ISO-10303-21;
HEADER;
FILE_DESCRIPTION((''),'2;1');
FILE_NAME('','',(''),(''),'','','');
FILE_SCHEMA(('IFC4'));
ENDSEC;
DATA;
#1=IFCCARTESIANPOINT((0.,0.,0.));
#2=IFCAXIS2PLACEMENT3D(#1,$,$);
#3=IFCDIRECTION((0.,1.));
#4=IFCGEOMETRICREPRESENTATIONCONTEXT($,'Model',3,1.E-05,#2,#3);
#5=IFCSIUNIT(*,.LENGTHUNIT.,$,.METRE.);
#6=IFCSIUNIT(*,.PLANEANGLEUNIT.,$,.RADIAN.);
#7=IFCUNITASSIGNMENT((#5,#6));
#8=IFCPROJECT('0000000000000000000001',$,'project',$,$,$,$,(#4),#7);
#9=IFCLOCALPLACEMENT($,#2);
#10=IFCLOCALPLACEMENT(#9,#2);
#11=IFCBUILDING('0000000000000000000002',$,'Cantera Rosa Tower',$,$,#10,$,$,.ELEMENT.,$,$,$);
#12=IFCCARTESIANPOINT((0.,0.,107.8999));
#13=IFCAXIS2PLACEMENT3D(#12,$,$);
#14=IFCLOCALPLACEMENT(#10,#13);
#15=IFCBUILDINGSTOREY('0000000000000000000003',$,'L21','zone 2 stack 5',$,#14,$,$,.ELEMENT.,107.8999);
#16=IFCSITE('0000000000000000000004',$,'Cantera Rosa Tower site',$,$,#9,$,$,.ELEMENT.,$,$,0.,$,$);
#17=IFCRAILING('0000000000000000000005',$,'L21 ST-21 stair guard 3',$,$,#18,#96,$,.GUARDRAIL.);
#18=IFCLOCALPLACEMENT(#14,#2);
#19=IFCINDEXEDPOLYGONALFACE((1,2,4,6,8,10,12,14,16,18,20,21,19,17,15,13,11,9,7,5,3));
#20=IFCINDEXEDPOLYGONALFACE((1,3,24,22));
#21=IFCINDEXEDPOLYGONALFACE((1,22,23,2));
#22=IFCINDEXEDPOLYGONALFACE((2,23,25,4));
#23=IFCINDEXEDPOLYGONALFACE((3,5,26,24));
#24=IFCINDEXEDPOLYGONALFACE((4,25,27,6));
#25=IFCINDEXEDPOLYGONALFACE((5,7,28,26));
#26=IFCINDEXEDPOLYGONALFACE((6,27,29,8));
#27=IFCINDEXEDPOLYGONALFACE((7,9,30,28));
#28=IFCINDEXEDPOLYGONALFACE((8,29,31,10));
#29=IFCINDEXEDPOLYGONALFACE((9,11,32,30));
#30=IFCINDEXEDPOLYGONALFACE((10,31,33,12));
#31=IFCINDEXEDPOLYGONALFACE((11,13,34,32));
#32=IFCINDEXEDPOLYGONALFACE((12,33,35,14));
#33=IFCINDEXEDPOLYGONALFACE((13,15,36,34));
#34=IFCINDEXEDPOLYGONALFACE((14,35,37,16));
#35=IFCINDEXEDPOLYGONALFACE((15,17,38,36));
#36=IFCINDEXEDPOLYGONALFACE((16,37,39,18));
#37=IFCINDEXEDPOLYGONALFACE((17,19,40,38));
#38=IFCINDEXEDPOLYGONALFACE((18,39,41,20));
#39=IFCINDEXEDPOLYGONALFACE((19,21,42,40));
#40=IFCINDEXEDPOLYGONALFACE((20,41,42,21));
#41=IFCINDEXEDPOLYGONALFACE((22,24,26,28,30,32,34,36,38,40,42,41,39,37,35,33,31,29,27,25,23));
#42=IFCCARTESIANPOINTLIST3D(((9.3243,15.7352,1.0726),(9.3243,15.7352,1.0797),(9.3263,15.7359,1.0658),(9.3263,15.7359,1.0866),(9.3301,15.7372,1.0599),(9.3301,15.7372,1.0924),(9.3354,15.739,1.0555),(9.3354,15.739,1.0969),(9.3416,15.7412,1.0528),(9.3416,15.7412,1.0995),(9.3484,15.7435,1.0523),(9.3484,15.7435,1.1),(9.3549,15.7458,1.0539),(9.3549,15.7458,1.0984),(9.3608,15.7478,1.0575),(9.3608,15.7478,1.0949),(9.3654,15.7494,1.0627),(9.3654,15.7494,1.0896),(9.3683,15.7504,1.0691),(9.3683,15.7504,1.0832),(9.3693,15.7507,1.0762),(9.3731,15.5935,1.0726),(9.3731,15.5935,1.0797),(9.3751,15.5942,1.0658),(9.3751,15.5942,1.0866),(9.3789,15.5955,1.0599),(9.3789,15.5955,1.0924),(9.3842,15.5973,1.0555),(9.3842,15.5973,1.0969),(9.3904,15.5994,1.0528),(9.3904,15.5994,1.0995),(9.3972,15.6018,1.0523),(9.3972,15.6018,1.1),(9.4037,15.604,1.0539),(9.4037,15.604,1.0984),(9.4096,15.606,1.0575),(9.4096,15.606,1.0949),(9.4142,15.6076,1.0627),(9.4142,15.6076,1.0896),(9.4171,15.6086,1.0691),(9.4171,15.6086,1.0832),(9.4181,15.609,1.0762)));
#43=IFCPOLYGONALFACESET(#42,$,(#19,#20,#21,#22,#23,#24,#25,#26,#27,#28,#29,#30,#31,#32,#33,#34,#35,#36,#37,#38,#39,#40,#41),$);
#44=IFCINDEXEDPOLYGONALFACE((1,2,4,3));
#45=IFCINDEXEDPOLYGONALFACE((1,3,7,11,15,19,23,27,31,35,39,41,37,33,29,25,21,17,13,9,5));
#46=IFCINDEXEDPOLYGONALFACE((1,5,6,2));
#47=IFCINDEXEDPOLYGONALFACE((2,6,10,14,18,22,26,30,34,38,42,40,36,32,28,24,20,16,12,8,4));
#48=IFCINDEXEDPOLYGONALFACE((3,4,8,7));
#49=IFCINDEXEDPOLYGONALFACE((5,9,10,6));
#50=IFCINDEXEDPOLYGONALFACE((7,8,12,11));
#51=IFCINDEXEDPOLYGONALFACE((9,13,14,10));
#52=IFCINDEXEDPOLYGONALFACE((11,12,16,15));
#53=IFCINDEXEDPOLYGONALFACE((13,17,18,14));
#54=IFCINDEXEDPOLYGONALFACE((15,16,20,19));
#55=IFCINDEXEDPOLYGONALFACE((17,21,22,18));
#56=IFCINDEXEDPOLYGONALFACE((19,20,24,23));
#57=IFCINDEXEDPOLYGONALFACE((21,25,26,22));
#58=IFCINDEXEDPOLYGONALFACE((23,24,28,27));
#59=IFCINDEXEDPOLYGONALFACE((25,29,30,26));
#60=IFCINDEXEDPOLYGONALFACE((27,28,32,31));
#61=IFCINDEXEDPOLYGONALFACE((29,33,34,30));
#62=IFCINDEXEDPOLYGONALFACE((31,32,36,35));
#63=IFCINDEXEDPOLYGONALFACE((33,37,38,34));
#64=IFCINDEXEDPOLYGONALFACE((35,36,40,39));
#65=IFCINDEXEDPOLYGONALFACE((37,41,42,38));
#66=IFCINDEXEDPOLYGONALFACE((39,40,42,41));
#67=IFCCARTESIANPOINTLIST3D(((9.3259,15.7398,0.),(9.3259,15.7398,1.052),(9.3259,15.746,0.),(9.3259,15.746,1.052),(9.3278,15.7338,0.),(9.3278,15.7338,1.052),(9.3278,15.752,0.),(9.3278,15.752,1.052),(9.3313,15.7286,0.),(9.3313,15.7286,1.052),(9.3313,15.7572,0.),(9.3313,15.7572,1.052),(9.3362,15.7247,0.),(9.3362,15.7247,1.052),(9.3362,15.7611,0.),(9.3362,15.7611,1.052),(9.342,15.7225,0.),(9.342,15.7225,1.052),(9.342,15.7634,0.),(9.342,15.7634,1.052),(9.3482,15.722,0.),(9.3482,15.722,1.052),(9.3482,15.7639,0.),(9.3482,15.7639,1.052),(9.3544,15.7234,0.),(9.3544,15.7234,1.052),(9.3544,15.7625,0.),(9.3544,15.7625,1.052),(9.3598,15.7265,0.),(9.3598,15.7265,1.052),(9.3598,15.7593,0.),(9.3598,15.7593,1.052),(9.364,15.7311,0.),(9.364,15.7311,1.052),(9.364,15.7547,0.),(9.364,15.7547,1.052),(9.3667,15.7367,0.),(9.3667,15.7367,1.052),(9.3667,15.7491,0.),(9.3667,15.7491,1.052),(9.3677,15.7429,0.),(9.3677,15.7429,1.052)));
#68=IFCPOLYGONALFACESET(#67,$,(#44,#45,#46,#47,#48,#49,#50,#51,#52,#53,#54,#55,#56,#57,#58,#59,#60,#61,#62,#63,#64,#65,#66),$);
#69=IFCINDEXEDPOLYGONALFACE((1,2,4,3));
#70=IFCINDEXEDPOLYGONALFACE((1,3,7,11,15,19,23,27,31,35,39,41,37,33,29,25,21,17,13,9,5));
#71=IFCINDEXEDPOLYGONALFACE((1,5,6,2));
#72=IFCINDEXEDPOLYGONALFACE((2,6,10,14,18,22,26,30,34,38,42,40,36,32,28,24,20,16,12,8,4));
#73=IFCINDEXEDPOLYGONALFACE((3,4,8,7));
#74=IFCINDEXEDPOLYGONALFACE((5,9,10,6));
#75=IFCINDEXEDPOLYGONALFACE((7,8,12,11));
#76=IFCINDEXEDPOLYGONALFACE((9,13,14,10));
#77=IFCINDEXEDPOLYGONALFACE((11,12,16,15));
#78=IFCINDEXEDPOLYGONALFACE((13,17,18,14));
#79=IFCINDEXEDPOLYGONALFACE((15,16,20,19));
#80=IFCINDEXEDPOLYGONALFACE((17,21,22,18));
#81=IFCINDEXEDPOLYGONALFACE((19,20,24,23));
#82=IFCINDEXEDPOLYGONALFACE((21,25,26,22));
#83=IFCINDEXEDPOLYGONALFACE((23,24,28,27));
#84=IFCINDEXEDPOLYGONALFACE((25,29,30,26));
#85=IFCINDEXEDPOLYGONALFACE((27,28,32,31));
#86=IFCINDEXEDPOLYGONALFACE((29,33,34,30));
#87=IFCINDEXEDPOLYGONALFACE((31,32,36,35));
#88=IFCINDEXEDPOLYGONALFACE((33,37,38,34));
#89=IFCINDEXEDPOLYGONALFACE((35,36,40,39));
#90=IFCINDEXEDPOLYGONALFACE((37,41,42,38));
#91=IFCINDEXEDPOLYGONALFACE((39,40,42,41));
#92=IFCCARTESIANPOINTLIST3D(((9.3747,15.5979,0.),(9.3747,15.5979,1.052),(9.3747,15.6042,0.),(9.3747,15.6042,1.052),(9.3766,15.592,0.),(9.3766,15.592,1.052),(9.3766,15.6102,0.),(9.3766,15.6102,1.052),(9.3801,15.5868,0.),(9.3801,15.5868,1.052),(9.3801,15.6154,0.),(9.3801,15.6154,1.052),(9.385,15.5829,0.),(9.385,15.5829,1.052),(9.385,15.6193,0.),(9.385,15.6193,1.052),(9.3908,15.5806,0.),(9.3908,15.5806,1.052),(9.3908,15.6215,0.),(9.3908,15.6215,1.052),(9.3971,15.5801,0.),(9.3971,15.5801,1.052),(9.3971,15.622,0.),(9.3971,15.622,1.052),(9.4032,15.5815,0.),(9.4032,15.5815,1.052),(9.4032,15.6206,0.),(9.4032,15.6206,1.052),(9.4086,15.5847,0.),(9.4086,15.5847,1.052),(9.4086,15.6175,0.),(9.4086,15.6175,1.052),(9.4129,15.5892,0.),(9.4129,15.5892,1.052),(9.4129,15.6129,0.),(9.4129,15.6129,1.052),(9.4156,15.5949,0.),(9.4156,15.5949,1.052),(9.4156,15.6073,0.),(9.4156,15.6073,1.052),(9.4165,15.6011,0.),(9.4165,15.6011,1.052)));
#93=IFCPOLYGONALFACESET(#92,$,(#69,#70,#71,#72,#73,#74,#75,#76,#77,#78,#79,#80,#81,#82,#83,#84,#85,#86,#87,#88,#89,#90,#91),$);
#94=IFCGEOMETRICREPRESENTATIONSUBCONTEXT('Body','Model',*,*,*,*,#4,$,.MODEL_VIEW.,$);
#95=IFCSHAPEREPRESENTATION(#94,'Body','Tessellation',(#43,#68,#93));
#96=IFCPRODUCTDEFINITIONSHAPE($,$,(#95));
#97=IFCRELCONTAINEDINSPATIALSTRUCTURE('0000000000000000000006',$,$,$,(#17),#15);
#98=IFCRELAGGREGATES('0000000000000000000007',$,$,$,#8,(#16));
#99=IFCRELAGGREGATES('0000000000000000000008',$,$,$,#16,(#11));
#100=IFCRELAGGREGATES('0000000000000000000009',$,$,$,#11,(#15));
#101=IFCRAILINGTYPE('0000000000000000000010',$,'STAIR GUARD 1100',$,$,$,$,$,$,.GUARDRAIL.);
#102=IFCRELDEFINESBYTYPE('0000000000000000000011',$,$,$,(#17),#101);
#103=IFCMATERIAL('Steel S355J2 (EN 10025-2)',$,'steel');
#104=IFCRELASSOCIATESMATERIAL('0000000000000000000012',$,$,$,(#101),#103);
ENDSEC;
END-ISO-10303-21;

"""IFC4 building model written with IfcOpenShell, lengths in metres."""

from ifc_helpers import new_model, si_unit, direction, frame, origin, origin_2d, place, context, subcontext, project, spatial, circle, extrude, material, type_object, element, save


model = new_model("IFC4")

# Units and contexts
model_context = context("Model", 3, precision=1e-05, world=origin(), true_north=direction((0.0, 1.0)))
body_context = subcontext(model_context, "Body", "Model", "MODEL_VIEW")
ifc_project = project(units=[si_unit("LENGTHUNIT", "METRE"), si_unit("PLANEANGLEUNIT", "RADIAN")], contexts=[model_context])

# Site, building, storey
site_placement = place(None, origin())
site = spatial("IfcSite", under=ifc_project, at=site_placement, Name="Cantera Rosa Tower site", CompositionType="ELEMENT", RefElevation=0.0)
building_placement = place(site_placement, origin())
building = spatial("IfcBuilding", under=site, at=building_placement, Name="Cantera Rosa Tower", CompositionType="ELEMENT")
storey_placement = place(building_placement, frame((0.0, 0.0, 107.8999)))
storey = spatial("IfcBuildingStorey", under=building, at=storey_placement, Name="L21", Description="zone 2 stack 5", CompositionType="ELEMENT", Elevation=107.8999)

# Railing
ifc_material_1 = material(Name="Steel S355J2 (EN 10025-2)", Category="steel")
railing_type_1 = type_object("IfcRailingType", Name="STAIR GUARD 1100", PredefinedType="GUARDRAIL", material=ifc_material_1)
railing_1_placement = place(storey_placement, frame((9.3467, 15.7429, 0.0)))
element("IfcRailing", 1, at=railing_1_placement, inside=storey, type_object=railing_type_1, Name="L21 ST-21 stair guard 3", PredefinedType="GUARDRAIL", context=body_context, shape_type="SweptSolid", body=[
    extrude(circle(Radius=0.0239, at=origin_2d()), frame((0.0, 0.0, 1.0762), z_axis=(0.325489, -0.945546, 0.0), x_axis=(0.945546, 0.325489, 0.0)), (0.0, 0.0, 1.0), 0.1499),
    extrude(circle(Radius=0.021, at=origin_2d()), origin(), (0.0, 0.0, 1.0), 1.052),
    extrude(circle(Radius=0.021, at=origin_2d()), frame((0.0488, -0.1418, 0.0)), (0.0, 0.0, 1.0), 1.052),
])

save(model, "model.ifc")
